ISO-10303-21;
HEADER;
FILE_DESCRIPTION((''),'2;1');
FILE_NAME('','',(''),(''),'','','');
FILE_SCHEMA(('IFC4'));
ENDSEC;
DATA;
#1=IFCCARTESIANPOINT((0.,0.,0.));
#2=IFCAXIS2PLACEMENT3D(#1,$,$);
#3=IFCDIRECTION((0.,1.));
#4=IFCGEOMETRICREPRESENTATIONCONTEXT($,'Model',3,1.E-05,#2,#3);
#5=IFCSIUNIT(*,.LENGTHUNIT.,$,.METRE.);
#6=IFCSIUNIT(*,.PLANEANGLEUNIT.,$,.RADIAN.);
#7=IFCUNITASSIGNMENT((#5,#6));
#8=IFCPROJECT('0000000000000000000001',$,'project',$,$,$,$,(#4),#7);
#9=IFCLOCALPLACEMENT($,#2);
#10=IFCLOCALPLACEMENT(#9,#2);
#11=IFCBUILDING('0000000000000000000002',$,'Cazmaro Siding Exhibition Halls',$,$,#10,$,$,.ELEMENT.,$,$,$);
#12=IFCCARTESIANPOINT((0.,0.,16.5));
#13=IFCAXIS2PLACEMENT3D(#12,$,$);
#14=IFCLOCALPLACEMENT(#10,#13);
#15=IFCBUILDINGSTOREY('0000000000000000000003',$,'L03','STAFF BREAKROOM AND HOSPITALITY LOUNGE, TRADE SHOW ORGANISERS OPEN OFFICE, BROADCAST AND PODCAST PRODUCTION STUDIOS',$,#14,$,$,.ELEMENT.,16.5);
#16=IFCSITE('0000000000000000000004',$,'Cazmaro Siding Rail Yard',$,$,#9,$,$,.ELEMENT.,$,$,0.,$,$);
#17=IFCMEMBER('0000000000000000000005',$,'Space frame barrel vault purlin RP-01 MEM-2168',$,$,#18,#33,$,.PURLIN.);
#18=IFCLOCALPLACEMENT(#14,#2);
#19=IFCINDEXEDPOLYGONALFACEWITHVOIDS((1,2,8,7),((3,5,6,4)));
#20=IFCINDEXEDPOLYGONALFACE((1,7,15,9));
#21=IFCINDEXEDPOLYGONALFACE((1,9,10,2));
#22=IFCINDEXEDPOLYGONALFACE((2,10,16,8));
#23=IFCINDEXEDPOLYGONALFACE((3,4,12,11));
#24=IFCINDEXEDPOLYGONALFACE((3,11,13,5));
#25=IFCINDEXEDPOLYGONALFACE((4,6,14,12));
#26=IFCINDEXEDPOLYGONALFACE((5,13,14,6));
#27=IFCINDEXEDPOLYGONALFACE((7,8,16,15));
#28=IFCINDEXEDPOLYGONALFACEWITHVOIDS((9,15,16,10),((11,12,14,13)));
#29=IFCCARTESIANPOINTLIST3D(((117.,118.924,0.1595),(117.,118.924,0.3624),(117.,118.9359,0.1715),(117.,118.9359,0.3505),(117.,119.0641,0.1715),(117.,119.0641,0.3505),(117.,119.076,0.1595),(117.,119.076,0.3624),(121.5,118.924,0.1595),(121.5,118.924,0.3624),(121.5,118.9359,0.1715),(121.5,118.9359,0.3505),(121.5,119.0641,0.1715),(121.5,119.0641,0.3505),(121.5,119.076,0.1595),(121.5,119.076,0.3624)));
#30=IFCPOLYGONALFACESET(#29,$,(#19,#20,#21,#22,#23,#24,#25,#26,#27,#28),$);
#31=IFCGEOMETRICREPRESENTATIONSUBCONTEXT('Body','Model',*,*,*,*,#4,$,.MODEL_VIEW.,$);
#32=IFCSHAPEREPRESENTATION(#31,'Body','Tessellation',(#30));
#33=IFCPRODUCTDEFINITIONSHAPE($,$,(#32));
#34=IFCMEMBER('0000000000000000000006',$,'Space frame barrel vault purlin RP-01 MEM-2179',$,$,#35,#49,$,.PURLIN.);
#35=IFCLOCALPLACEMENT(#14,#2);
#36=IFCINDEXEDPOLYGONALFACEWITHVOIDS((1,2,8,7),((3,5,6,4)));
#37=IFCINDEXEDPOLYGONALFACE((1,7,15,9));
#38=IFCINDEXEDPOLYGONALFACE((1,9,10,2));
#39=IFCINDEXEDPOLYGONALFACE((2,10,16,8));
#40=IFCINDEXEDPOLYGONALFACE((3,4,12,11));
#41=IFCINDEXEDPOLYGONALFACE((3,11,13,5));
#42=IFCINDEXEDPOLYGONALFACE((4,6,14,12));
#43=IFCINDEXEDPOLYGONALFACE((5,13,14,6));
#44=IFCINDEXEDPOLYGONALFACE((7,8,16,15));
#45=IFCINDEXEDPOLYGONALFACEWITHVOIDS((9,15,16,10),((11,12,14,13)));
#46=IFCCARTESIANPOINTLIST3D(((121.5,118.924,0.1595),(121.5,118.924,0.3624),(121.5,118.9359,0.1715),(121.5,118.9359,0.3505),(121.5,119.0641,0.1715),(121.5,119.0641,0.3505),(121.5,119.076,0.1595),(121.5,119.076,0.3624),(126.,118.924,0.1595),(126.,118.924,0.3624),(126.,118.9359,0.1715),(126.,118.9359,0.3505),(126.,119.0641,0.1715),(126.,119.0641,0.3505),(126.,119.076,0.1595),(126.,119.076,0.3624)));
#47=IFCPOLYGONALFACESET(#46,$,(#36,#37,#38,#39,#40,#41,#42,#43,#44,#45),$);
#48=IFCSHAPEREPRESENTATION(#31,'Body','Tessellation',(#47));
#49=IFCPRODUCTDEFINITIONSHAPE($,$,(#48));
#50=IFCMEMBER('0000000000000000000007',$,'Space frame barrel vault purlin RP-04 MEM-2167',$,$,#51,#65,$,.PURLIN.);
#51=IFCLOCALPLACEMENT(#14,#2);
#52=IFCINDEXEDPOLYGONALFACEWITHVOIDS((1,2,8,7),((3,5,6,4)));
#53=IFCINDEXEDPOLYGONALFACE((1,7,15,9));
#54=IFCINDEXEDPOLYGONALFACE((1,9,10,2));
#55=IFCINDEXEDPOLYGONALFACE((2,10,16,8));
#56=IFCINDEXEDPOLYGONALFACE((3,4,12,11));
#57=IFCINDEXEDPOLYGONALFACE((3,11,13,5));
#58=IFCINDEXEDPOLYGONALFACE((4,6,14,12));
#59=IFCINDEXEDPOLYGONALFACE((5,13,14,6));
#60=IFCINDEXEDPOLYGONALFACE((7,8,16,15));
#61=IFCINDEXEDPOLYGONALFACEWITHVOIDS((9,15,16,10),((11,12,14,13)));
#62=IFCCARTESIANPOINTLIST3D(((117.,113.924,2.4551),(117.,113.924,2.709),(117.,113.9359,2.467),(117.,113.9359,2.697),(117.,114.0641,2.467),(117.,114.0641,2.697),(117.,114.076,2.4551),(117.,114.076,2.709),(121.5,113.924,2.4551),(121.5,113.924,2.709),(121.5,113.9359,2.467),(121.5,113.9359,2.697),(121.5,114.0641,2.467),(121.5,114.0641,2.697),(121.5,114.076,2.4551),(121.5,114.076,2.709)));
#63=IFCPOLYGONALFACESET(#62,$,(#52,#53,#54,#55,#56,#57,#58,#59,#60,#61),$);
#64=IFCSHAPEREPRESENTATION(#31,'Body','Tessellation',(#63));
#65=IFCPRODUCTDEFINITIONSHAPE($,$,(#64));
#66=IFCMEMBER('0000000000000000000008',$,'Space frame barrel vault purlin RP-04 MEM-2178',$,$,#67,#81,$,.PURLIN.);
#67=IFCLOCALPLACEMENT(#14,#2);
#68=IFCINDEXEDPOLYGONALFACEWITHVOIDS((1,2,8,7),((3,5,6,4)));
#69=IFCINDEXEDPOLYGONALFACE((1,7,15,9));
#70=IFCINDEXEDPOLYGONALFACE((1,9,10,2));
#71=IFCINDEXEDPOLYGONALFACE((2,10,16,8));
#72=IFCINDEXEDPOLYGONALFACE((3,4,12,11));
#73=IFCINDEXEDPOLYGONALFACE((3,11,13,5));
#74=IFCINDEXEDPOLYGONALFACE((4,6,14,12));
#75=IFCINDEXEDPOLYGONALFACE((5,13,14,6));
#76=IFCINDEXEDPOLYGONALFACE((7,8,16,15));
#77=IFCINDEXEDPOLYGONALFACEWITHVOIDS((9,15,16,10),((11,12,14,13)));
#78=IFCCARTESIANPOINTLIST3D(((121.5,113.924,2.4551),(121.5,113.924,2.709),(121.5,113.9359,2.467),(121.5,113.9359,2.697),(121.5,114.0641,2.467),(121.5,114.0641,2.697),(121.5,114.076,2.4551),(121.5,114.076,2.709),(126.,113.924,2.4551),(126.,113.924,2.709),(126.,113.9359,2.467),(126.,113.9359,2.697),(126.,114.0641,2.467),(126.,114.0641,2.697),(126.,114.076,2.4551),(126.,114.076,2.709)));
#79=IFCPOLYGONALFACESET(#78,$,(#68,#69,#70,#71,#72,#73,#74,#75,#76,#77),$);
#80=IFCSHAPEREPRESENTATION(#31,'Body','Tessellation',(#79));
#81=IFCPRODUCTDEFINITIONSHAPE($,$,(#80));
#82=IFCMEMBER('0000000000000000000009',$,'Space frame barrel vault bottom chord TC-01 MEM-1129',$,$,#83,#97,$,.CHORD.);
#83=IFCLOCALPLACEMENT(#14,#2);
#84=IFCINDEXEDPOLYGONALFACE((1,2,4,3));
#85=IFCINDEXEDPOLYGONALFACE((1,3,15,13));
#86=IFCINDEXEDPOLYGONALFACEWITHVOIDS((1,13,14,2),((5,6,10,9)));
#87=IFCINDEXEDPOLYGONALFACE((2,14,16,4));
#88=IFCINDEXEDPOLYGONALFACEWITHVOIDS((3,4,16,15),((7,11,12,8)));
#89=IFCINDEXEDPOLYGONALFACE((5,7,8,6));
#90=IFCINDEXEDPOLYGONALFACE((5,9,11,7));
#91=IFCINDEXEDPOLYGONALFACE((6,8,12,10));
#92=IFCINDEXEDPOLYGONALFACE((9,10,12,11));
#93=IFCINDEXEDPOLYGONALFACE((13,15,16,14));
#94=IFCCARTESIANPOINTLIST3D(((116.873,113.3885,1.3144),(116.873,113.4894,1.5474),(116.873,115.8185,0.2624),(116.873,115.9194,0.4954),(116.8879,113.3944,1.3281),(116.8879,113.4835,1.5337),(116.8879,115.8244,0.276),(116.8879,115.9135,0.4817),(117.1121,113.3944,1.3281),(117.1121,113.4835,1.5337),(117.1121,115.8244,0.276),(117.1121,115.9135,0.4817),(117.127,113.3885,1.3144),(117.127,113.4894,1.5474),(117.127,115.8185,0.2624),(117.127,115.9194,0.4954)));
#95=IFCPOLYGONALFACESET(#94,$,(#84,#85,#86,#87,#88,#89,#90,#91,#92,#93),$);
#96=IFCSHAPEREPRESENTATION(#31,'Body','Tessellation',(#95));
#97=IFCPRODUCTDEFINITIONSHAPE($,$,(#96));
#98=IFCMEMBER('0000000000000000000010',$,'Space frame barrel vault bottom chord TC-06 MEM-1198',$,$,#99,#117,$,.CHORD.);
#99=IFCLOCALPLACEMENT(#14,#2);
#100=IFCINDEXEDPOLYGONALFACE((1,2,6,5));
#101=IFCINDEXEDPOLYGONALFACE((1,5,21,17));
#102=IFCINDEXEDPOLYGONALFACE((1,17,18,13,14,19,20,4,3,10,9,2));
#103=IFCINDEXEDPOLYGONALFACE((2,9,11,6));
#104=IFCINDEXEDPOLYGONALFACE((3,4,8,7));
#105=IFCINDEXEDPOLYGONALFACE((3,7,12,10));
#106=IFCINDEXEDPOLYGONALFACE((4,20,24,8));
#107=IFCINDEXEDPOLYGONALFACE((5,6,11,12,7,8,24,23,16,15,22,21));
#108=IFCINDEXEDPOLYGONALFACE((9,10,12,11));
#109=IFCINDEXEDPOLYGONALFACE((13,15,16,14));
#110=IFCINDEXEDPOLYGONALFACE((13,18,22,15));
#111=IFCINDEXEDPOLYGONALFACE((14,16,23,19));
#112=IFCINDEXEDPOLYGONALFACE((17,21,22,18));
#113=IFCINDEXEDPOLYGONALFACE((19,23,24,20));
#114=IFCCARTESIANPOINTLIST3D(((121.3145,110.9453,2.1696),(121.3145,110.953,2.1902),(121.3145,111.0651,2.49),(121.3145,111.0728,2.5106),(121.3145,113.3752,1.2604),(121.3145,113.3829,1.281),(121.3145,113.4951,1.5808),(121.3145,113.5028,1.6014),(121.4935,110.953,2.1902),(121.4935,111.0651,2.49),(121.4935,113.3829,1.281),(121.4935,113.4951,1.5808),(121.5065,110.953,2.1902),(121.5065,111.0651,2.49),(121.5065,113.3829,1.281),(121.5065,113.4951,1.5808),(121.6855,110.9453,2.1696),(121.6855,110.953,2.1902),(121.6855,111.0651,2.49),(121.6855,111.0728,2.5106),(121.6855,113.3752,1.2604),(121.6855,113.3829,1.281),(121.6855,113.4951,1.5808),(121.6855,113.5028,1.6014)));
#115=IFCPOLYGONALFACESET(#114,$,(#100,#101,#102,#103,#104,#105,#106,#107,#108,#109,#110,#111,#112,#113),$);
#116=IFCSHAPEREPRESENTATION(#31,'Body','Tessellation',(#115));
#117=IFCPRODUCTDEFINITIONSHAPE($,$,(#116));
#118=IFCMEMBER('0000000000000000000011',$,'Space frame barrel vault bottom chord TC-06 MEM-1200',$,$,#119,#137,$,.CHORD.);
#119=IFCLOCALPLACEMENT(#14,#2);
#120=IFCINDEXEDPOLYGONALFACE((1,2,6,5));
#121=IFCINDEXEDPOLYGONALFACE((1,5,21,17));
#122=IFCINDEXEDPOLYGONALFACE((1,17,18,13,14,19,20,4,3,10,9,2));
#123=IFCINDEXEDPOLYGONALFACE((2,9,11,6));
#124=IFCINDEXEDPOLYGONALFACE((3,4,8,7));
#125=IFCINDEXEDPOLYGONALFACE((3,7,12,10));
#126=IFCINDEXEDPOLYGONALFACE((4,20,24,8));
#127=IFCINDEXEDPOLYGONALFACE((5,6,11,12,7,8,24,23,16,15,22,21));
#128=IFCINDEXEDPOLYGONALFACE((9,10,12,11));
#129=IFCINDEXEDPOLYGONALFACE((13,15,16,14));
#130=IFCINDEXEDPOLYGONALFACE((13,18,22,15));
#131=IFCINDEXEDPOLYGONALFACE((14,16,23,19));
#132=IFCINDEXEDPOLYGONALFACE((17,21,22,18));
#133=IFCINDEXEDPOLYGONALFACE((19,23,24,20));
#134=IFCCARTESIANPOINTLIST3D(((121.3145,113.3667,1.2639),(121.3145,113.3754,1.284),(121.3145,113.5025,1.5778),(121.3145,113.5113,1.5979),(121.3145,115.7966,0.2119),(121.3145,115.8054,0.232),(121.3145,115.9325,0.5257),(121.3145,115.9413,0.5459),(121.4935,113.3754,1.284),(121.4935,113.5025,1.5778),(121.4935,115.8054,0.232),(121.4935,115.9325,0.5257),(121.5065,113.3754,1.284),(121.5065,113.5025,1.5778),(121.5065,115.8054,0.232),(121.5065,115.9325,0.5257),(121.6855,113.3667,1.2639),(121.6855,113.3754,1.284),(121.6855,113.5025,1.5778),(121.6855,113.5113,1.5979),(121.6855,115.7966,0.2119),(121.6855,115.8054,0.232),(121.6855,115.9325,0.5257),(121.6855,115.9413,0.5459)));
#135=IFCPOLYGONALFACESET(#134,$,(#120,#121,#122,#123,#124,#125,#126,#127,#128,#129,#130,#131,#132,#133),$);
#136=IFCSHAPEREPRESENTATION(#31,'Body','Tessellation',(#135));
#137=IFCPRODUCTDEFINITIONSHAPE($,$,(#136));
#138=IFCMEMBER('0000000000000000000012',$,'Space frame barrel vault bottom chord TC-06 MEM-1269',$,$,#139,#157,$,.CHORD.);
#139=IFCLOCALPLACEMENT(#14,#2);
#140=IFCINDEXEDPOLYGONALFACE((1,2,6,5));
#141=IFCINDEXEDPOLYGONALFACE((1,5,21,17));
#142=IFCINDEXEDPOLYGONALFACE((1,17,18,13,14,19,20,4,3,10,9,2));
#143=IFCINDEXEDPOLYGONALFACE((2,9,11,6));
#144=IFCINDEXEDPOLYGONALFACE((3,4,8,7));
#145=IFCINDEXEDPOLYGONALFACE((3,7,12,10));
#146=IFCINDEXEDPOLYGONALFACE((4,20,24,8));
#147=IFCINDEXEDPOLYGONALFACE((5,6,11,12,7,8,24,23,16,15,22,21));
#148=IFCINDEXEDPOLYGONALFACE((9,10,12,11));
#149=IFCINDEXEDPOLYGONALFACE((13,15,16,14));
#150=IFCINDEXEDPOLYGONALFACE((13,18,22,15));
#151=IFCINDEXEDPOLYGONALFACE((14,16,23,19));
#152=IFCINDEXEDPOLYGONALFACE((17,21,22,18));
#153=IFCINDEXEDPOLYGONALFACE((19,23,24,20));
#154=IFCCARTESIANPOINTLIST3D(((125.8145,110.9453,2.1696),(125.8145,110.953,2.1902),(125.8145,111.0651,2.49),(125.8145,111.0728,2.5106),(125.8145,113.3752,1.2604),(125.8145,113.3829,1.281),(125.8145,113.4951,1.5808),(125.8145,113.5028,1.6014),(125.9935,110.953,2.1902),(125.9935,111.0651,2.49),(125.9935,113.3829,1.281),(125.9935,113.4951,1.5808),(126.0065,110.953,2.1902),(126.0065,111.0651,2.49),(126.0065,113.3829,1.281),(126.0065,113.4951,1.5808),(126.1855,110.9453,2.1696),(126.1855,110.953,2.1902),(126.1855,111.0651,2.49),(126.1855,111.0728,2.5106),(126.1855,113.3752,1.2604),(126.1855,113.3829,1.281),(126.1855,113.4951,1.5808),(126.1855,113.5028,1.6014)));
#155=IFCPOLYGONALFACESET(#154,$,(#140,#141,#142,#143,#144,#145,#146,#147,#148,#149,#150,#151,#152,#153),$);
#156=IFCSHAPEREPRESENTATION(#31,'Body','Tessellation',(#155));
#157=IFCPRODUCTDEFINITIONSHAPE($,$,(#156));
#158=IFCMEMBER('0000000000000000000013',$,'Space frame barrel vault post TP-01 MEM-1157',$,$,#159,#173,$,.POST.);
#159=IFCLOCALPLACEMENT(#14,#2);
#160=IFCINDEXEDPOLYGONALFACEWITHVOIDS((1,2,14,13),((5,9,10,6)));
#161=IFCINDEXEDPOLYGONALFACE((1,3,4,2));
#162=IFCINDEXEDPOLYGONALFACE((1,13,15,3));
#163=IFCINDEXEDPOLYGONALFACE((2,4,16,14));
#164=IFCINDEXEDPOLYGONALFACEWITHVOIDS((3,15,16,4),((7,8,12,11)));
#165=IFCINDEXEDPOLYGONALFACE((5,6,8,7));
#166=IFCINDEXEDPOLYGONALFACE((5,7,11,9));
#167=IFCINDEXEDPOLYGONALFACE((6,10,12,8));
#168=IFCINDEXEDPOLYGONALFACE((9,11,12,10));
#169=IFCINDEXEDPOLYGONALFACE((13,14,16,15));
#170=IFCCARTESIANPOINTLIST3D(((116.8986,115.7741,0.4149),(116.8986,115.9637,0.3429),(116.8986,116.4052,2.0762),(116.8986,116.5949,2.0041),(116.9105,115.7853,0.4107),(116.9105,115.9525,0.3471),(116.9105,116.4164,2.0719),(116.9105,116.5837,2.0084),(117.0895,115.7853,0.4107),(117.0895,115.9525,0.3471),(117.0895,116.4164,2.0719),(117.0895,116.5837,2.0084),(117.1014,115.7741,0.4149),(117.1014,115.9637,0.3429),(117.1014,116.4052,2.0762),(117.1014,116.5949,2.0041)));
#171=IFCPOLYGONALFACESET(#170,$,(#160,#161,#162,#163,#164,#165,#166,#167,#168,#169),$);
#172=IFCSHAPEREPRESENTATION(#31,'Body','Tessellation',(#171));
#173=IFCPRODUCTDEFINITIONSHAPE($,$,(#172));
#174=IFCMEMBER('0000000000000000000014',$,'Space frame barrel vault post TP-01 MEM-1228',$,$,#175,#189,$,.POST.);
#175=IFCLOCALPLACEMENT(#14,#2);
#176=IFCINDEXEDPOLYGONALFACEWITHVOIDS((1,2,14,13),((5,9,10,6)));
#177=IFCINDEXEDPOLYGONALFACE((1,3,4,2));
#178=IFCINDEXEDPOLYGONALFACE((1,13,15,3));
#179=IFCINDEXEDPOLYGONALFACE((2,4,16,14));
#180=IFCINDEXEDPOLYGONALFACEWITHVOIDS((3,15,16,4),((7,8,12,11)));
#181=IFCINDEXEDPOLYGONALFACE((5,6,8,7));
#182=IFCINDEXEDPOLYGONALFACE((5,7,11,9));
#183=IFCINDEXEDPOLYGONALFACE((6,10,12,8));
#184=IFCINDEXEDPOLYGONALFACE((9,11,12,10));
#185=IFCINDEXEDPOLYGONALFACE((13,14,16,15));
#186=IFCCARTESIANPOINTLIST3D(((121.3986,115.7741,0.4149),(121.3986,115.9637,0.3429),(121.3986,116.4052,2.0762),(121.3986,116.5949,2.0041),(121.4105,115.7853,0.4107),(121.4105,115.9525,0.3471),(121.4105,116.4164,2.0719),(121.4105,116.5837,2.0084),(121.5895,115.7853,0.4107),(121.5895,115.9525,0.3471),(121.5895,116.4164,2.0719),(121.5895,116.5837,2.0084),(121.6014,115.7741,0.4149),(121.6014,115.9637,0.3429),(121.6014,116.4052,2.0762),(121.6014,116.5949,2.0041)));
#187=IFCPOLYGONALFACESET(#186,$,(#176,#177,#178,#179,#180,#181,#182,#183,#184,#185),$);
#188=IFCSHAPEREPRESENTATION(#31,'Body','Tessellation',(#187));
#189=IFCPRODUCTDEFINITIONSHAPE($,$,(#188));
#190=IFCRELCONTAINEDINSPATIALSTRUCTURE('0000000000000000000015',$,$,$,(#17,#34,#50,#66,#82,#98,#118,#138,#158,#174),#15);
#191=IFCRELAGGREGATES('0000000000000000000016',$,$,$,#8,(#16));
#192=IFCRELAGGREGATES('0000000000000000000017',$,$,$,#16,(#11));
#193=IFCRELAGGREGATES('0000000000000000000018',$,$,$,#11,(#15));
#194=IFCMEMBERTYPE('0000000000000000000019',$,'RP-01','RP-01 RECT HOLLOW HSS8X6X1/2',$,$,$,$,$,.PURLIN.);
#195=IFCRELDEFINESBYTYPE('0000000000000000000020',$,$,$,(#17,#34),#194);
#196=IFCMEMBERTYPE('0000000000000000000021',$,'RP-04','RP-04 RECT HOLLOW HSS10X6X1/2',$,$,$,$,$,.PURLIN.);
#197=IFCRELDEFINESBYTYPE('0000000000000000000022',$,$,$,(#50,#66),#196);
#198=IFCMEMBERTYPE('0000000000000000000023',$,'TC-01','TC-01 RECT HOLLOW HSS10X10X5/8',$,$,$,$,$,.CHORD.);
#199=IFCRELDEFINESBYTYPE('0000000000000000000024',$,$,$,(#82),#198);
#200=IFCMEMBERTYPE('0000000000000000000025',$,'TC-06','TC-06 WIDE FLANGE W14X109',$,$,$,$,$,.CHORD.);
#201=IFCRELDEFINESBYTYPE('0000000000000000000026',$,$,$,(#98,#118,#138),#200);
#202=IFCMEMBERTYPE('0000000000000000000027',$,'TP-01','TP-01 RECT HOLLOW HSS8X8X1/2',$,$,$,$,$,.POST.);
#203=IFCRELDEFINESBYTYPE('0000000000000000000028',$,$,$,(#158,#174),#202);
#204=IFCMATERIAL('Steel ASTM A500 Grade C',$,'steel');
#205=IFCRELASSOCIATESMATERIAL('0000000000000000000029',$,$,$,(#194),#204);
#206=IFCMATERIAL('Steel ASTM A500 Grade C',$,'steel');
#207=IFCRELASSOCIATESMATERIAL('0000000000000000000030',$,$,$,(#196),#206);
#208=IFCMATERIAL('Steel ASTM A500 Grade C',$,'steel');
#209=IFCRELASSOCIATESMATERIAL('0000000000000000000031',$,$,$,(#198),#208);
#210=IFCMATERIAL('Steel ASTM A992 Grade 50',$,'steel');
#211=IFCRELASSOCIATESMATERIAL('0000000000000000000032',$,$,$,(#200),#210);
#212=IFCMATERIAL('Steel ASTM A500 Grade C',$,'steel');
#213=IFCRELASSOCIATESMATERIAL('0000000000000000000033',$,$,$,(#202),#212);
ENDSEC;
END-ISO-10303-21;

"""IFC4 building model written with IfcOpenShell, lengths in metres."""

from ifc_helpers import new_model, si_unit, direction, frame, origin, origin_2d, place, context, subcontext, project, spatial, hollow_rectangle, i_section, extrude, material, material_profile, profile_set, type_object, element, save


model = new_model("IFC4")

# Units and contexts
model_context = context("Model", 3, precision=1e-05, world=origin(), true_north=direction((0.0, 1.0)))
body_context = subcontext(model_context, "Body", "Model", "MODEL_VIEW")
ifc_project = project(units=[si_unit("LENGTHUNIT", "METRE"), si_unit("PLANEANGLEUNIT", "RADIAN")], contexts=[model_context])

# Site, building, storey
site_placement = place(None, origin())
site = spatial("IfcSite", under=ifc_project, at=site_placement, Name="Cazmaro Siding Rail Yard", CompositionType="ELEMENT", RefElevation=0.0)
building_placement = place(site_placement, origin())
building = spatial("IfcBuilding", under=site, at=building_placement, Name="Cazmaro Siding Exhibition Halls", CompositionType="ELEMENT")
storey_placement = place(building_placement, frame((0.0, 0.0, 16.5)))
storey = spatial("IfcBuildingStorey", under=building, at=storey_placement, Name="L03", Description="STAFF BREAKROOM AND HOSPITALITY LOUNGE, TRADE SHOW ORGANISERS OPEN OFFICE, BROADCAST AND PODCAST PRODUCTION STUDIOS", CompositionType="ELEMENT", Elevation=16.5)

# Members
ifc_material_1 = material(Name="Steel ASTM A500 Grade C", Category="steel")
ifc_material_profile_1 = material_profile(ifc_material_1, hollow_rectangle(XDim=0.1521, YDim=0.2029, WallThickness=0.012, at=origin_2d()), Name="HSS8X6X1/2")
ifc_profile_set_1 = profile_set([ifc_material_profile_1], Name="Steel ASTM A500 Grade C")
member_type_1 = type_object("IfcMemberType", Name="RP-01", Description="RP-01 RECT HOLLOW HSS8X6X1/2", PredefinedType="PURLIN", material=ifc_profile_set_1)
for number, where, z_axis, x_axis, name in (
    (1, (117.0, 119.0, 0.261), (1.0, 0.0, 0.0), (0.0, 1.0, 0.0), "Space frame barrel vault purlin RP-01 MEM-2168"),
    (2, (121.5, 119.0, 0.261), (1.0, 0.0, 0.0), (0.0, 1.0, 0.0), "Space frame barrel vault purlin RP-01 MEM-2179"),
):
    element("IfcMember", number, at=place(storey_placement, frame(where, z_axis=z_axis, x_axis=x_axis)), inside=storey, type_object=member_type_1, Name=name, PredefinedType="PURLIN", context=body_context, shape_type="SweptSolid", body=[
        extrude(hollow_rectangle(XDim=0.1521, YDim=0.2029, WallThickness=0.012, at=origin_2d()), origin(), (0.0, 0.0, 1.0), 4.5),
    ])
ifc_material_2 = material(Name="Steel ASTM A500 Grade C", Category="steel")
ifc_material_profile_2 = material_profile(ifc_material_2, hollow_rectangle(XDim=0.1521, YDim=0.2539, WallThickness=0.012, at=origin_2d()), Name="HSS10X6X1/2")
ifc_profile_set_2 = profile_set([ifc_material_profile_2], Name="Steel ASTM A500 Grade C")
member_type_2 = type_object("IfcMemberType", Name="RP-04", Description="RP-04 RECT HOLLOW HSS10X6X1/2", PredefinedType="PURLIN", material=ifc_profile_set_2)
for number, where, z_axis, x_axis, name in (
    (3, (117.0, 114.0, 2.582), (1.0, 0.0, 0.0), (0.0, 1.0, 0.0), "Space frame barrel vault purlin RP-04 MEM-2167"),
    (4, (121.5, 114.0, 2.582), (1.0, 0.0, 0.0), (0.0, 1.0, 0.0), "Space frame barrel vault purlin RP-04 MEM-2178"),
):
    element("IfcMember", number, at=place(storey_placement, frame(where, z_axis=z_axis, x_axis=x_axis)), inside=storey, type_object=member_type_2, Name=name, PredefinedType="PURLIN", context=body_context, shape_type="SweptSolid", body=[
        extrude(hollow_rectangle(XDim=0.1521, YDim=0.2539, WallThickness=0.012, at=origin_2d()), origin(), (0.0, 0.0, 1.0), 4.5),
    ])
ifc_material_3 = material(Name="Steel ASTM A500 Grade C", Category="steel")
ifc_material_profile_3 = material_profile(ifc_material_3, hollow_rectangle(XDim=0.2539, YDim=0.2539, WallThickness=0.0149, at=origin_2d()), Name="HSS10X10X5/8")
ifc_profile_set_3 = profile_set([ifc_material_profile_3], Name="Steel ASTM A500 Grade C")
member_type_3 = type_object("IfcMemberType", Name="TC-01", Description="TC-01 RECT HOLLOW HSS10X10X5/8", PredefinedType="CHORD", material=ifc_profile_set_3)
member_1_placement = place(storey_placement, frame((117.0, 113.439, 1.4309), z_axis=(0.0, 0.917689, -0.397299), x_axis=(-1.0, 0.0, 0.0)))
element("IfcMember", 5, at=member_1_placement, inside=storey, type_object=member_type_3, Name="Space frame barrel vault bottom chord TC-01 MEM-1129", PredefinedType="CHORD", context=body_context, shape_type="SweptSolid", body=[
    extrude(hollow_rectangle(XDim=0.2539, YDim=0.2539, WallThickness=0.0149, at=origin_2d()), origin(), (0.0, 0.0, 1.0), 2.6479),
])
ifc_material_4 = material(Name="Steel ASTM A992 Grade 50", Category="steel")
ifc_material_profile_4 = material_profile(ifc_material_4, i_section(OverallWidth=0.3711, OverallDepth=0.364, WebThickness=0.0129, FlangeThickness=0.022, at=origin_2d()), Name="W14X109")
ifc_profile_set_4 = profile_set([ifc_material_profile_4], Name="Steel ASTM A992 Grade 50")
member_type_4 = type_object("IfcMemberType", Name="TC-06", Description="TC-06 WIDE FLANGE W14X109", PredefinedType="CHORD", material=ifc_profile_set_4)
member_2_placement = place(storey_placement, frame((121.5, 111.009, 2.3401), z_axis=(0.0, 0.936588, -0.350432), x_axis=(-1.0, 0.0, 0.0)))
element("IfcMember", 6, at=member_2_placement, inside=storey, type_object=member_type_4, Name="Space frame barrel vault bottom chord TC-06 MEM-1198", PredefinedType="CHORD", context=body_context, shape_type="SweptSolid", body=[
    extrude(i_section(OverallWidth=0.3711, OverallDepth=0.364, WebThickness=0.0129, FlangeThickness=0.022, at=origin_2d()), origin(), (0.0, 0.0, 1.0), 2.5945),
])
member_3_placement = place(storey_placement, frame((121.5, 113.439, 1.4309), z_axis=(0.0, 0.917689, -0.397299), x_axis=(-1.0, 0.0, 0.0)))
element("IfcMember", 7, at=member_3_placement, inside=storey, type_object=member_type_4, Name="Space frame barrel vault bottom chord TC-06 MEM-1200", PredefinedType="CHORD", context=body_context, shape_type="SweptSolid", body=[
    extrude(i_section(OverallWidth=0.3711, OverallDepth=0.364, WebThickness=0.0129, FlangeThickness=0.022, at=origin_2d()), origin(), (0.0, 0.0, 1.0), 2.6479),
])
member_4_placement = place(storey_placement, frame((126.0, 111.009, 2.3401), z_axis=(0.0, 0.936588, -0.350432), x_axis=(-1.0, 0.0, 0.0)))
element("IfcMember", 8, at=member_4_placement, inside=storey, type_object=member_type_4, Name="Space frame barrel vault bottom chord TC-06 MEM-1269", PredefinedType="CHORD", context=body_context, shape_type="SweptSolid", body=[
    extrude(i_section(OverallWidth=0.3711, OverallDepth=0.364, WebThickness=0.0129, FlangeThickness=0.022, at=origin_2d()), origin(), (0.0, 0.0, 1.0), 2.5945),
])
ifc_material_5 = material(Name="Steel ASTM A500 Grade C", Category="steel")
ifc_material_profile_5 = material_profile(ifc_material_5, hollow_rectangle(XDim=0.2029, YDim=0.2029, WallThickness=0.012, at=origin_2d()), Name="HSS8X8X1/2")
ifc_profile_set_5 = profile_set([ifc_material_profile_5], Name="Steel ASTM A500 Grade C")
member_type_5 = type_object("IfcMemberType", Name="TP-01", Description="TP-01 RECT HOLLOW HSS8X8X1/2", PredefinedType="POST", material=ifc_profile_set_5)
for number, where, z_axis, x_axis, name in (
    (9, (117.0, 115.8689, 0.3789), (0.0, 0.355155, 0.934807), (-1.0, 0.0, 0.0), "Space frame barrel vault post TP-01 MEM-1157"),
    (10, (121.5, 115.8689, 0.3789), (0.0, 0.355155, 0.934807), (-1.0, 0.0, 0.0), "Space frame barrel vault post TP-01 MEM-1228"),
):
    element("IfcMember", number, at=place(storey_placement, frame(where, z_axis=z_axis, x_axis=x_axis)), inside=storey, type_object=member_type_5, Name=name, PredefinedType="POST", context=body_context, shape_type="SweptSolid", body=[
        extrude(hollow_rectangle(XDim=0.2029, YDim=0.2029, WallThickness=0.012, at=origin_2d()), origin(), (0.0, 0.0, 1.0), 1.7771),
    ])

save(model, "model.ifc")
